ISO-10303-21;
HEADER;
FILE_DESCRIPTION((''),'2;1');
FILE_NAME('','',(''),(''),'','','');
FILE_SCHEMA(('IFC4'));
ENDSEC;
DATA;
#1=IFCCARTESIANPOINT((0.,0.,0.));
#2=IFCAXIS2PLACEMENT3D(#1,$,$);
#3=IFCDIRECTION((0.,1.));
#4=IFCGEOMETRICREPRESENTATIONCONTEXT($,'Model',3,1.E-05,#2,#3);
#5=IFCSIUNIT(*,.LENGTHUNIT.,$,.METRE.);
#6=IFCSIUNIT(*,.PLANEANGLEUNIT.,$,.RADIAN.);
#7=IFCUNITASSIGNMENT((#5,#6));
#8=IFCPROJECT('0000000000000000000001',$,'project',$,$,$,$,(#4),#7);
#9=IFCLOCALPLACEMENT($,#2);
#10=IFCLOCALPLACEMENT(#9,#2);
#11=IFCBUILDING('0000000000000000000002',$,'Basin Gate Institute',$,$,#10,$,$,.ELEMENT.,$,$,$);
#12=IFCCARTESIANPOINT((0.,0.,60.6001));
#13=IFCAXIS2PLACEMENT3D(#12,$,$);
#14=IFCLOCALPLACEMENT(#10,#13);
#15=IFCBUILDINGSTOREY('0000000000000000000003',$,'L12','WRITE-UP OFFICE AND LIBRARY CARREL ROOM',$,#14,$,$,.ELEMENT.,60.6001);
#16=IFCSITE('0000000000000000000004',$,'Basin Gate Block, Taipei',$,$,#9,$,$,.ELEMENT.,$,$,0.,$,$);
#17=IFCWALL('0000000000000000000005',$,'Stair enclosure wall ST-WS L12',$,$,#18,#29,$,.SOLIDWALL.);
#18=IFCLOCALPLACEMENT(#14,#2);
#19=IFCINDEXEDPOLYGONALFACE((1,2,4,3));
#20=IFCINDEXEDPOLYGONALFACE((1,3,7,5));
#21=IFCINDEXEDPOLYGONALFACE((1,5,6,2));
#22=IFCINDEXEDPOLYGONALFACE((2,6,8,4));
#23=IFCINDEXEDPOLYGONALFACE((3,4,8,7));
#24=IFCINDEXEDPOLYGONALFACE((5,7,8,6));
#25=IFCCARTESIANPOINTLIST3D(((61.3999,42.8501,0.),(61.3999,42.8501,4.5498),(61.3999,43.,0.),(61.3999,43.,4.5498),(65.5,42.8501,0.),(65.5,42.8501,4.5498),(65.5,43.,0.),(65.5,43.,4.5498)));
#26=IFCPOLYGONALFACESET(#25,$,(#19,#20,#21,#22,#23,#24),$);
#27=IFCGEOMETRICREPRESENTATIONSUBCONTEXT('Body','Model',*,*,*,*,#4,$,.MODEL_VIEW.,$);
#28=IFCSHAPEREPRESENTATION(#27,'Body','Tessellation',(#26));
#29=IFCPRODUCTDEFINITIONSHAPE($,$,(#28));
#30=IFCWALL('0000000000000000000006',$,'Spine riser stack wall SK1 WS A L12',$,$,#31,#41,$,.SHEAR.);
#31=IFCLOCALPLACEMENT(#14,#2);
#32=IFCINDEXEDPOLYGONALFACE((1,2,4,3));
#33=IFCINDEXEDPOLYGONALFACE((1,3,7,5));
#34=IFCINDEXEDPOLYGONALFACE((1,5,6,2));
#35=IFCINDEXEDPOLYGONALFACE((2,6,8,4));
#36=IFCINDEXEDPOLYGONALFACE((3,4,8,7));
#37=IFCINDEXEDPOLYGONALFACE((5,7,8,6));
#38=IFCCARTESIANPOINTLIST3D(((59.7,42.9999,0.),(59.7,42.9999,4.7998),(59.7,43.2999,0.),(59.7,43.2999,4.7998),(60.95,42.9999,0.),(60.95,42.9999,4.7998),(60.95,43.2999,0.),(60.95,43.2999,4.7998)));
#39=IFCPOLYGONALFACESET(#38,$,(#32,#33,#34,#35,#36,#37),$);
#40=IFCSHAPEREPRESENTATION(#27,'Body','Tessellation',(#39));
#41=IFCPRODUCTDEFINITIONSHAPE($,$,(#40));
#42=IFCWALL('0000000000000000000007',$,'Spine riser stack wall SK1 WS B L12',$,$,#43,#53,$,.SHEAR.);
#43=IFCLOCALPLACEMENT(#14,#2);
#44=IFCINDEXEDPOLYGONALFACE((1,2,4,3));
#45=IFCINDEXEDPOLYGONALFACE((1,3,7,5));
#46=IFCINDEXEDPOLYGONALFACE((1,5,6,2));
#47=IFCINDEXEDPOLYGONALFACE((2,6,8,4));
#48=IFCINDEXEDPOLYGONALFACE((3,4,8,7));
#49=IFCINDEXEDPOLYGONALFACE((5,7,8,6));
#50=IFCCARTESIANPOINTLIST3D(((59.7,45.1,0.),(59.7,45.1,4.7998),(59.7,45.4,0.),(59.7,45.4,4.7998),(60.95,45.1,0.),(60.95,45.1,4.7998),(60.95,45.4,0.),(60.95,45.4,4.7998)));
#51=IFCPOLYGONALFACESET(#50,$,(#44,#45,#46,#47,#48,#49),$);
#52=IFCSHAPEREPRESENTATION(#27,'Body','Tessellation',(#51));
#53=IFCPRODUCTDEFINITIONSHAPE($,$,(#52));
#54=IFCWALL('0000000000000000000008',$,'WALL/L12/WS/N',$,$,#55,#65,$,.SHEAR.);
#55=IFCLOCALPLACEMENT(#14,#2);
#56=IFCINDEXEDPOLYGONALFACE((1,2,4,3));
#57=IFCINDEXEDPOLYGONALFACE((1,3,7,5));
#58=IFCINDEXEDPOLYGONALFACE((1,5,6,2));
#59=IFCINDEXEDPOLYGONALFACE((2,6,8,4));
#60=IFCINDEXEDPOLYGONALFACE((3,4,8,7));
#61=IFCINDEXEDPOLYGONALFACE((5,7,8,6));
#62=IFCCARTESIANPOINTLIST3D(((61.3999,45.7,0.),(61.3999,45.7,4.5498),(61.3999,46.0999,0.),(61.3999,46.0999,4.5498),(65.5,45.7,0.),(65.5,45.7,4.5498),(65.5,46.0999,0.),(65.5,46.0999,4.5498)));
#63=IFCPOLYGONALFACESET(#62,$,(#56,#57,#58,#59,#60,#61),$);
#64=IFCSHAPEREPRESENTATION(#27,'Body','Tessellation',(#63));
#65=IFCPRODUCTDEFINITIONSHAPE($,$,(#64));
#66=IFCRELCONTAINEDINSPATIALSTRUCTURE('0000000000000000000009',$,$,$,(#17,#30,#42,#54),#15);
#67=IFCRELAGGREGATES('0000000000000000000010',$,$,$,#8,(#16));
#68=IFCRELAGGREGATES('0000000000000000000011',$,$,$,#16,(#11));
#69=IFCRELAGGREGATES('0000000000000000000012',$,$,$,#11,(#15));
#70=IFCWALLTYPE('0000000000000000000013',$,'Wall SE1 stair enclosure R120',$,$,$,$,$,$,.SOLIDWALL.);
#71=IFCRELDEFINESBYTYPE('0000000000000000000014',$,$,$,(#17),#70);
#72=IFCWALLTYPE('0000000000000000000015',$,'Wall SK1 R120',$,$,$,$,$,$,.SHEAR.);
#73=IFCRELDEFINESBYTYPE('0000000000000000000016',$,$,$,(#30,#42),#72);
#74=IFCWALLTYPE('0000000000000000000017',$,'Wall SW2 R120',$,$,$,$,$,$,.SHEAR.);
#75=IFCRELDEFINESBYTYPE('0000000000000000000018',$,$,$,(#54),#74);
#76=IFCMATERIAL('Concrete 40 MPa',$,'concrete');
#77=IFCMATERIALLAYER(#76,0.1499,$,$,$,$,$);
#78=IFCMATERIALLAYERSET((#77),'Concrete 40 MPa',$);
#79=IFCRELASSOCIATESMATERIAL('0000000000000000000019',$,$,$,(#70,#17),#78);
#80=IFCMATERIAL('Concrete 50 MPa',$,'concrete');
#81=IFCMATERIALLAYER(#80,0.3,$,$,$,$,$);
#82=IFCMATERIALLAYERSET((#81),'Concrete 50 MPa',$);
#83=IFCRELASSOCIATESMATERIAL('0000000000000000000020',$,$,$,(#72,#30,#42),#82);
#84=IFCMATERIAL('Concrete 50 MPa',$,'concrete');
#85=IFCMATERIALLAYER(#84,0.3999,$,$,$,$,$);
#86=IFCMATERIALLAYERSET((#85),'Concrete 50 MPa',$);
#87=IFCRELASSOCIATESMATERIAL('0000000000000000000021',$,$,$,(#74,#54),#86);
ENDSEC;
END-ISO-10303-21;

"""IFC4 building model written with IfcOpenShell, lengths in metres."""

from ifc_helpers import new_model, si_unit, direction, frame, frame_2d, origin, place, context, subcontext, project, spatial, rectangle, extrude, material, layer, layer_set, type_object, element, save


model = new_model("IFC4")

# Units and contexts
model_context = context("Model", 3, precision=1e-05, world=origin(), true_north=direction((0.0, 1.0)))
body_context = subcontext(model_context, "Body", "Model", "MODEL_VIEW")
ifc_project = project(units=[si_unit("LENGTHUNIT", "METRE"), si_unit("PLANEANGLEUNIT", "RADIAN")], contexts=[model_context])

# Site, building, storey
site_placement = place(None, origin())
site = spatial("IfcSite", under=ifc_project, at=site_placement, Name="Basin Gate Block, Taipei", CompositionType="ELEMENT", RefElevation=0.0)
building_placement = place(site_placement, origin())
building = spatial("IfcBuilding", under=site, at=building_placement, Name="Basin Gate Institute", CompositionType="ELEMENT")
storey_placement = place(building_placement, frame((0.0, 0.0, 60.6001)))
storey = spatial("IfcBuildingStorey", under=building, at=storey_placement, Name="L12", Description="WRITE-UP OFFICE AND LIBRARY CARREL ROOM", CompositionType="ELEMENT", Elevation=60.6001)

# Walls
ifc_material_1 = material(Name="Concrete 40 MPa", Category="concrete")
ifc_layer_1 = layer(ifc_material_1, 0.1499)
ifc_layer_set_1 = layer_set([ifc_layer_1], Name="Concrete 40 MPa")
wall_type_1 = type_object("IfcWallType", Name="Wall SE1 stair enclosure R120", PredefinedType="SOLIDWALL", material=ifc_layer_set_1)
wall_1_placement = place(storey_placement, frame((61.3999, 42.925, 0.0), z_axis=(0.0, 0.0, 1.0), x_axis=(1.0, 0.0, 0.0)))
element("IfcWall", 1, at=wall_1_placement, inside=storey, type_object=wall_type_1, material=ifc_layer_set_1, Name="Stair enclosure wall ST-WS L12", PredefinedType="SOLIDWALL", context=body_context, shape_type="SweptSolid", body=[
    extrude(rectangle(XDim=4.1001, YDim=0.1499, at=frame_2d((2.05, 0.0))), origin(), (0.0, 0.0, 1.0), 4.5498),
])
ifc_material_2 = material(Name="Concrete 50 MPa", Category="concrete")
ifc_layer_2 = layer(ifc_material_2, 0.3)
ifc_layer_set_2 = layer_set([ifc_layer_2], Name="Concrete 50 MPa")
wall_type_2 = type_object("IfcWallType", Name="Wall SK1 R120", PredefinedType="SHEAR", material=ifc_layer_set_2)
for number, where, z_axis, x_axis, name in (
    (2, (60.95, 43.1499, 0.0), (0.0, 0.0, 1.0), (-1.0, 0.0, 0.0), "Spine riser stack wall SK1 WS A L12"),
    (3, (60.95, 45.25, 0.0), (0.0, 0.0, 1.0), (-1.0, 0.0, 0.0), "Spine riser stack wall SK1 WS B L12"),
):
    element("IfcWall", number, at=place(storey_placement, frame(where, z_axis=z_axis, x_axis=x_axis)), inside=storey, type_object=wall_type_2, material=ifc_layer_set_2, Name=name, PredefinedType="SHEAR", context=body_context, shape_type="SweptSolid", body=[
        extrude(rectangle(XDim=1.25, YDim=0.3, at=frame_2d((0.625, 0.0))), origin(), (0.0, 0.0, 1.0), 4.7998),
    ])
ifc_material_3 = material(Name="Concrete 50 MPa", Category="concrete")
ifc_layer_3 = layer(ifc_material_3, 0.3999)
ifc_layer_set_3 = layer_set([ifc_layer_3], Name="Concrete 50 MPa")
wall_type_3 = type_object("IfcWallType", Name="Wall SW2 R120", PredefinedType="SHEAR", material=ifc_layer_set_3)
wall_2_placement = place(storey_placement, frame((61.3999, 45.8999, 0.0), z_axis=(0.0, 0.0, 1.0), x_axis=(1.0, 0.0, 0.0)))
element("IfcWall", 4, at=wall_2_placement, inside=storey, type_object=wall_type_3, material=ifc_layer_set_3, Name="WALL/L12/WS/N", PredefinedType="SHEAR", context=body_context, shape_type="SweptSolid", body=[
    extrude(rectangle(XDim=4.1001, YDim=0.3999, at=frame_2d((2.05, 0.0))), origin(), (0.0, 0.0, 1.0), 4.5498),
])

save(model, "model.ifc")
